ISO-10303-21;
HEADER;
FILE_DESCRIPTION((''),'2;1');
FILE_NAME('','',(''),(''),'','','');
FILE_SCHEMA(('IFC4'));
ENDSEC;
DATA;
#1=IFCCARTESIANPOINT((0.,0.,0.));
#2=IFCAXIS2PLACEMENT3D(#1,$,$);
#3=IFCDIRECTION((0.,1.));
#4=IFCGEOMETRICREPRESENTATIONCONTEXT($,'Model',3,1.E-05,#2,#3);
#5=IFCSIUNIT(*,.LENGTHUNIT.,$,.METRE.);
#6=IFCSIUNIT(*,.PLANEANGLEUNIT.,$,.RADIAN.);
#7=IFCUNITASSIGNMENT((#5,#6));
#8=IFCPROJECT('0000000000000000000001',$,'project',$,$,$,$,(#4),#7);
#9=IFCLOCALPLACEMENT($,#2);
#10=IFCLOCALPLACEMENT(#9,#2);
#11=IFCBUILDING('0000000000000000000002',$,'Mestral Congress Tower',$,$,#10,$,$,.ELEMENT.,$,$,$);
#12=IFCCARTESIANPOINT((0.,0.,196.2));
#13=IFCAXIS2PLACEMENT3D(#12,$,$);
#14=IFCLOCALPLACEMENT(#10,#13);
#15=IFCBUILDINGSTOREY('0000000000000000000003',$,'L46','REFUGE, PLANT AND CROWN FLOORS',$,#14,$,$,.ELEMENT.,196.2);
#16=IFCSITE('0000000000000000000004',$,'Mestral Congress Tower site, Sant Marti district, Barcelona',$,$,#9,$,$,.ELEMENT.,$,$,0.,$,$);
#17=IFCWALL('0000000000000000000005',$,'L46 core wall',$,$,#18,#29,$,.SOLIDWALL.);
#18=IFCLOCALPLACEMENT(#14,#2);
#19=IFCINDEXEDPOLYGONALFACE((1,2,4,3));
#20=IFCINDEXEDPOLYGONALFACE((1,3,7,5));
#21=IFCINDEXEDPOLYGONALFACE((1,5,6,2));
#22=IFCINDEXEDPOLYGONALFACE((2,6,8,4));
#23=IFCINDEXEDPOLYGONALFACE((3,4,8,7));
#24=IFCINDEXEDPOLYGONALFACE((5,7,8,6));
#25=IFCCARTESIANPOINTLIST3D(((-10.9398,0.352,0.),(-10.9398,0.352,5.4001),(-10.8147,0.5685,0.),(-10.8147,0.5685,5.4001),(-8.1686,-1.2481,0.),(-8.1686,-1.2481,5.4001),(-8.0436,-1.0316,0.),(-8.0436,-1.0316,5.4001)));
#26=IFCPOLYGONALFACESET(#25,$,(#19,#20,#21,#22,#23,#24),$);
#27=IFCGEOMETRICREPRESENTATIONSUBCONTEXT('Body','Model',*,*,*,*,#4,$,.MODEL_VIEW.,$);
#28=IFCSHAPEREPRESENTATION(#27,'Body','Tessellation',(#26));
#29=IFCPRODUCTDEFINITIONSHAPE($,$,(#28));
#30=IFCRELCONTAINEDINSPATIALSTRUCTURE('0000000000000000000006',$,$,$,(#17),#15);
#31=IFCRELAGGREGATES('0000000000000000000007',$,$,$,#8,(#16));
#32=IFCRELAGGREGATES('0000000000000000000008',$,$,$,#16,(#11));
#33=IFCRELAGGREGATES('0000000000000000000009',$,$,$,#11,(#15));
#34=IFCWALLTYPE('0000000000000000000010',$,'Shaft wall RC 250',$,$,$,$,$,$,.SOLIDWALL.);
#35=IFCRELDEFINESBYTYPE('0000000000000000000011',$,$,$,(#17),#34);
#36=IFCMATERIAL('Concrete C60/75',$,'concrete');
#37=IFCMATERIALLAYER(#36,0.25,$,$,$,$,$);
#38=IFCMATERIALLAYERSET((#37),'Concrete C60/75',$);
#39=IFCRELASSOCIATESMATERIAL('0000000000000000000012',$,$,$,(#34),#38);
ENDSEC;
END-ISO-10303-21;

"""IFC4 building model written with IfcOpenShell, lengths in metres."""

from ifc_helpers import new_model, si_unit, direction, frame, frame_2d, origin, place, context, subcontext, project, spatial, rectangle, extrude, material, layer, layer_set, type_object, element, save


model = new_model("IFC4")

# Units and contexts
model_context = context("Model", 3, precision=1e-05, world=origin(), true_north=direction((0.0, 1.0)))
body_context = subcontext(model_context, "Body", "Model", "MODEL_VIEW")
ifc_project = project(units=[si_unit("LENGTHUNIT", "METRE"), si_unit("PLANEANGLEUNIT", "RADIAN")], contexts=[model_context])

# Site, building, storey
site_placement = place(None, origin())
site = spatial("IfcSite", under=ifc_project, at=site_placement, Name="Mestral Congress Tower site, Sant Marti district, Barcelona", CompositionType="ELEMENT", RefElevation=0.0)
building_placement = place(site_placement, origin())
building = spatial("IfcBuilding", under=site, at=building_placement, Name="Mestral Congress Tower", CompositionType="ELEMENT")
storey_placement = place(building_placement, frame((0.0, 0.0, 196.2)))
storey = spatial("IfcBuildingStorey", under=building, at=storey_placement, Name="L46", Description="REFUGE, PLANT AND CROWN FLOORS", CompositionType="ELEMENT", Elevation=196.2)

# Shared definitions
ifc_material_1 = material(Name="Concrete C60/75", Category="concrete")

# Wall
ifc_layer_1 = layer(ifc_material_1, 0.25)
ifc_layer_set_1 = layer_set([ifc_layer_1], Name="Concrete C60/75")
wall_type_1 = type_object("IfcWallType", Name="Shaft wall RC 250", PredefinedType="SOLIDWALL", material=ifc_layer_set_1)
wall_1_placement = place(storey_placement, frame((-8.106, -1.1399, 0.0), z_axis=(0.0, 0.0, 1.0), x_axis=(-0.866009, 0.500028, 0.0)))
element("IfcWall", 1, at=wall_1_placement, inside=storey, type_object=wall_type_1, Name="L46 core wall", PredefinedType="SOLIDWALL", context=body_context, shape_type="SweptSolid", body=[
    extrude(rectangle(XDim=3.2, YDim=0.25, at=frame_2d((1.6001, 0.0))), origin(), (0.0, 0.0, 1.0), 5.4001),
])

save(model, "model.ifc")
